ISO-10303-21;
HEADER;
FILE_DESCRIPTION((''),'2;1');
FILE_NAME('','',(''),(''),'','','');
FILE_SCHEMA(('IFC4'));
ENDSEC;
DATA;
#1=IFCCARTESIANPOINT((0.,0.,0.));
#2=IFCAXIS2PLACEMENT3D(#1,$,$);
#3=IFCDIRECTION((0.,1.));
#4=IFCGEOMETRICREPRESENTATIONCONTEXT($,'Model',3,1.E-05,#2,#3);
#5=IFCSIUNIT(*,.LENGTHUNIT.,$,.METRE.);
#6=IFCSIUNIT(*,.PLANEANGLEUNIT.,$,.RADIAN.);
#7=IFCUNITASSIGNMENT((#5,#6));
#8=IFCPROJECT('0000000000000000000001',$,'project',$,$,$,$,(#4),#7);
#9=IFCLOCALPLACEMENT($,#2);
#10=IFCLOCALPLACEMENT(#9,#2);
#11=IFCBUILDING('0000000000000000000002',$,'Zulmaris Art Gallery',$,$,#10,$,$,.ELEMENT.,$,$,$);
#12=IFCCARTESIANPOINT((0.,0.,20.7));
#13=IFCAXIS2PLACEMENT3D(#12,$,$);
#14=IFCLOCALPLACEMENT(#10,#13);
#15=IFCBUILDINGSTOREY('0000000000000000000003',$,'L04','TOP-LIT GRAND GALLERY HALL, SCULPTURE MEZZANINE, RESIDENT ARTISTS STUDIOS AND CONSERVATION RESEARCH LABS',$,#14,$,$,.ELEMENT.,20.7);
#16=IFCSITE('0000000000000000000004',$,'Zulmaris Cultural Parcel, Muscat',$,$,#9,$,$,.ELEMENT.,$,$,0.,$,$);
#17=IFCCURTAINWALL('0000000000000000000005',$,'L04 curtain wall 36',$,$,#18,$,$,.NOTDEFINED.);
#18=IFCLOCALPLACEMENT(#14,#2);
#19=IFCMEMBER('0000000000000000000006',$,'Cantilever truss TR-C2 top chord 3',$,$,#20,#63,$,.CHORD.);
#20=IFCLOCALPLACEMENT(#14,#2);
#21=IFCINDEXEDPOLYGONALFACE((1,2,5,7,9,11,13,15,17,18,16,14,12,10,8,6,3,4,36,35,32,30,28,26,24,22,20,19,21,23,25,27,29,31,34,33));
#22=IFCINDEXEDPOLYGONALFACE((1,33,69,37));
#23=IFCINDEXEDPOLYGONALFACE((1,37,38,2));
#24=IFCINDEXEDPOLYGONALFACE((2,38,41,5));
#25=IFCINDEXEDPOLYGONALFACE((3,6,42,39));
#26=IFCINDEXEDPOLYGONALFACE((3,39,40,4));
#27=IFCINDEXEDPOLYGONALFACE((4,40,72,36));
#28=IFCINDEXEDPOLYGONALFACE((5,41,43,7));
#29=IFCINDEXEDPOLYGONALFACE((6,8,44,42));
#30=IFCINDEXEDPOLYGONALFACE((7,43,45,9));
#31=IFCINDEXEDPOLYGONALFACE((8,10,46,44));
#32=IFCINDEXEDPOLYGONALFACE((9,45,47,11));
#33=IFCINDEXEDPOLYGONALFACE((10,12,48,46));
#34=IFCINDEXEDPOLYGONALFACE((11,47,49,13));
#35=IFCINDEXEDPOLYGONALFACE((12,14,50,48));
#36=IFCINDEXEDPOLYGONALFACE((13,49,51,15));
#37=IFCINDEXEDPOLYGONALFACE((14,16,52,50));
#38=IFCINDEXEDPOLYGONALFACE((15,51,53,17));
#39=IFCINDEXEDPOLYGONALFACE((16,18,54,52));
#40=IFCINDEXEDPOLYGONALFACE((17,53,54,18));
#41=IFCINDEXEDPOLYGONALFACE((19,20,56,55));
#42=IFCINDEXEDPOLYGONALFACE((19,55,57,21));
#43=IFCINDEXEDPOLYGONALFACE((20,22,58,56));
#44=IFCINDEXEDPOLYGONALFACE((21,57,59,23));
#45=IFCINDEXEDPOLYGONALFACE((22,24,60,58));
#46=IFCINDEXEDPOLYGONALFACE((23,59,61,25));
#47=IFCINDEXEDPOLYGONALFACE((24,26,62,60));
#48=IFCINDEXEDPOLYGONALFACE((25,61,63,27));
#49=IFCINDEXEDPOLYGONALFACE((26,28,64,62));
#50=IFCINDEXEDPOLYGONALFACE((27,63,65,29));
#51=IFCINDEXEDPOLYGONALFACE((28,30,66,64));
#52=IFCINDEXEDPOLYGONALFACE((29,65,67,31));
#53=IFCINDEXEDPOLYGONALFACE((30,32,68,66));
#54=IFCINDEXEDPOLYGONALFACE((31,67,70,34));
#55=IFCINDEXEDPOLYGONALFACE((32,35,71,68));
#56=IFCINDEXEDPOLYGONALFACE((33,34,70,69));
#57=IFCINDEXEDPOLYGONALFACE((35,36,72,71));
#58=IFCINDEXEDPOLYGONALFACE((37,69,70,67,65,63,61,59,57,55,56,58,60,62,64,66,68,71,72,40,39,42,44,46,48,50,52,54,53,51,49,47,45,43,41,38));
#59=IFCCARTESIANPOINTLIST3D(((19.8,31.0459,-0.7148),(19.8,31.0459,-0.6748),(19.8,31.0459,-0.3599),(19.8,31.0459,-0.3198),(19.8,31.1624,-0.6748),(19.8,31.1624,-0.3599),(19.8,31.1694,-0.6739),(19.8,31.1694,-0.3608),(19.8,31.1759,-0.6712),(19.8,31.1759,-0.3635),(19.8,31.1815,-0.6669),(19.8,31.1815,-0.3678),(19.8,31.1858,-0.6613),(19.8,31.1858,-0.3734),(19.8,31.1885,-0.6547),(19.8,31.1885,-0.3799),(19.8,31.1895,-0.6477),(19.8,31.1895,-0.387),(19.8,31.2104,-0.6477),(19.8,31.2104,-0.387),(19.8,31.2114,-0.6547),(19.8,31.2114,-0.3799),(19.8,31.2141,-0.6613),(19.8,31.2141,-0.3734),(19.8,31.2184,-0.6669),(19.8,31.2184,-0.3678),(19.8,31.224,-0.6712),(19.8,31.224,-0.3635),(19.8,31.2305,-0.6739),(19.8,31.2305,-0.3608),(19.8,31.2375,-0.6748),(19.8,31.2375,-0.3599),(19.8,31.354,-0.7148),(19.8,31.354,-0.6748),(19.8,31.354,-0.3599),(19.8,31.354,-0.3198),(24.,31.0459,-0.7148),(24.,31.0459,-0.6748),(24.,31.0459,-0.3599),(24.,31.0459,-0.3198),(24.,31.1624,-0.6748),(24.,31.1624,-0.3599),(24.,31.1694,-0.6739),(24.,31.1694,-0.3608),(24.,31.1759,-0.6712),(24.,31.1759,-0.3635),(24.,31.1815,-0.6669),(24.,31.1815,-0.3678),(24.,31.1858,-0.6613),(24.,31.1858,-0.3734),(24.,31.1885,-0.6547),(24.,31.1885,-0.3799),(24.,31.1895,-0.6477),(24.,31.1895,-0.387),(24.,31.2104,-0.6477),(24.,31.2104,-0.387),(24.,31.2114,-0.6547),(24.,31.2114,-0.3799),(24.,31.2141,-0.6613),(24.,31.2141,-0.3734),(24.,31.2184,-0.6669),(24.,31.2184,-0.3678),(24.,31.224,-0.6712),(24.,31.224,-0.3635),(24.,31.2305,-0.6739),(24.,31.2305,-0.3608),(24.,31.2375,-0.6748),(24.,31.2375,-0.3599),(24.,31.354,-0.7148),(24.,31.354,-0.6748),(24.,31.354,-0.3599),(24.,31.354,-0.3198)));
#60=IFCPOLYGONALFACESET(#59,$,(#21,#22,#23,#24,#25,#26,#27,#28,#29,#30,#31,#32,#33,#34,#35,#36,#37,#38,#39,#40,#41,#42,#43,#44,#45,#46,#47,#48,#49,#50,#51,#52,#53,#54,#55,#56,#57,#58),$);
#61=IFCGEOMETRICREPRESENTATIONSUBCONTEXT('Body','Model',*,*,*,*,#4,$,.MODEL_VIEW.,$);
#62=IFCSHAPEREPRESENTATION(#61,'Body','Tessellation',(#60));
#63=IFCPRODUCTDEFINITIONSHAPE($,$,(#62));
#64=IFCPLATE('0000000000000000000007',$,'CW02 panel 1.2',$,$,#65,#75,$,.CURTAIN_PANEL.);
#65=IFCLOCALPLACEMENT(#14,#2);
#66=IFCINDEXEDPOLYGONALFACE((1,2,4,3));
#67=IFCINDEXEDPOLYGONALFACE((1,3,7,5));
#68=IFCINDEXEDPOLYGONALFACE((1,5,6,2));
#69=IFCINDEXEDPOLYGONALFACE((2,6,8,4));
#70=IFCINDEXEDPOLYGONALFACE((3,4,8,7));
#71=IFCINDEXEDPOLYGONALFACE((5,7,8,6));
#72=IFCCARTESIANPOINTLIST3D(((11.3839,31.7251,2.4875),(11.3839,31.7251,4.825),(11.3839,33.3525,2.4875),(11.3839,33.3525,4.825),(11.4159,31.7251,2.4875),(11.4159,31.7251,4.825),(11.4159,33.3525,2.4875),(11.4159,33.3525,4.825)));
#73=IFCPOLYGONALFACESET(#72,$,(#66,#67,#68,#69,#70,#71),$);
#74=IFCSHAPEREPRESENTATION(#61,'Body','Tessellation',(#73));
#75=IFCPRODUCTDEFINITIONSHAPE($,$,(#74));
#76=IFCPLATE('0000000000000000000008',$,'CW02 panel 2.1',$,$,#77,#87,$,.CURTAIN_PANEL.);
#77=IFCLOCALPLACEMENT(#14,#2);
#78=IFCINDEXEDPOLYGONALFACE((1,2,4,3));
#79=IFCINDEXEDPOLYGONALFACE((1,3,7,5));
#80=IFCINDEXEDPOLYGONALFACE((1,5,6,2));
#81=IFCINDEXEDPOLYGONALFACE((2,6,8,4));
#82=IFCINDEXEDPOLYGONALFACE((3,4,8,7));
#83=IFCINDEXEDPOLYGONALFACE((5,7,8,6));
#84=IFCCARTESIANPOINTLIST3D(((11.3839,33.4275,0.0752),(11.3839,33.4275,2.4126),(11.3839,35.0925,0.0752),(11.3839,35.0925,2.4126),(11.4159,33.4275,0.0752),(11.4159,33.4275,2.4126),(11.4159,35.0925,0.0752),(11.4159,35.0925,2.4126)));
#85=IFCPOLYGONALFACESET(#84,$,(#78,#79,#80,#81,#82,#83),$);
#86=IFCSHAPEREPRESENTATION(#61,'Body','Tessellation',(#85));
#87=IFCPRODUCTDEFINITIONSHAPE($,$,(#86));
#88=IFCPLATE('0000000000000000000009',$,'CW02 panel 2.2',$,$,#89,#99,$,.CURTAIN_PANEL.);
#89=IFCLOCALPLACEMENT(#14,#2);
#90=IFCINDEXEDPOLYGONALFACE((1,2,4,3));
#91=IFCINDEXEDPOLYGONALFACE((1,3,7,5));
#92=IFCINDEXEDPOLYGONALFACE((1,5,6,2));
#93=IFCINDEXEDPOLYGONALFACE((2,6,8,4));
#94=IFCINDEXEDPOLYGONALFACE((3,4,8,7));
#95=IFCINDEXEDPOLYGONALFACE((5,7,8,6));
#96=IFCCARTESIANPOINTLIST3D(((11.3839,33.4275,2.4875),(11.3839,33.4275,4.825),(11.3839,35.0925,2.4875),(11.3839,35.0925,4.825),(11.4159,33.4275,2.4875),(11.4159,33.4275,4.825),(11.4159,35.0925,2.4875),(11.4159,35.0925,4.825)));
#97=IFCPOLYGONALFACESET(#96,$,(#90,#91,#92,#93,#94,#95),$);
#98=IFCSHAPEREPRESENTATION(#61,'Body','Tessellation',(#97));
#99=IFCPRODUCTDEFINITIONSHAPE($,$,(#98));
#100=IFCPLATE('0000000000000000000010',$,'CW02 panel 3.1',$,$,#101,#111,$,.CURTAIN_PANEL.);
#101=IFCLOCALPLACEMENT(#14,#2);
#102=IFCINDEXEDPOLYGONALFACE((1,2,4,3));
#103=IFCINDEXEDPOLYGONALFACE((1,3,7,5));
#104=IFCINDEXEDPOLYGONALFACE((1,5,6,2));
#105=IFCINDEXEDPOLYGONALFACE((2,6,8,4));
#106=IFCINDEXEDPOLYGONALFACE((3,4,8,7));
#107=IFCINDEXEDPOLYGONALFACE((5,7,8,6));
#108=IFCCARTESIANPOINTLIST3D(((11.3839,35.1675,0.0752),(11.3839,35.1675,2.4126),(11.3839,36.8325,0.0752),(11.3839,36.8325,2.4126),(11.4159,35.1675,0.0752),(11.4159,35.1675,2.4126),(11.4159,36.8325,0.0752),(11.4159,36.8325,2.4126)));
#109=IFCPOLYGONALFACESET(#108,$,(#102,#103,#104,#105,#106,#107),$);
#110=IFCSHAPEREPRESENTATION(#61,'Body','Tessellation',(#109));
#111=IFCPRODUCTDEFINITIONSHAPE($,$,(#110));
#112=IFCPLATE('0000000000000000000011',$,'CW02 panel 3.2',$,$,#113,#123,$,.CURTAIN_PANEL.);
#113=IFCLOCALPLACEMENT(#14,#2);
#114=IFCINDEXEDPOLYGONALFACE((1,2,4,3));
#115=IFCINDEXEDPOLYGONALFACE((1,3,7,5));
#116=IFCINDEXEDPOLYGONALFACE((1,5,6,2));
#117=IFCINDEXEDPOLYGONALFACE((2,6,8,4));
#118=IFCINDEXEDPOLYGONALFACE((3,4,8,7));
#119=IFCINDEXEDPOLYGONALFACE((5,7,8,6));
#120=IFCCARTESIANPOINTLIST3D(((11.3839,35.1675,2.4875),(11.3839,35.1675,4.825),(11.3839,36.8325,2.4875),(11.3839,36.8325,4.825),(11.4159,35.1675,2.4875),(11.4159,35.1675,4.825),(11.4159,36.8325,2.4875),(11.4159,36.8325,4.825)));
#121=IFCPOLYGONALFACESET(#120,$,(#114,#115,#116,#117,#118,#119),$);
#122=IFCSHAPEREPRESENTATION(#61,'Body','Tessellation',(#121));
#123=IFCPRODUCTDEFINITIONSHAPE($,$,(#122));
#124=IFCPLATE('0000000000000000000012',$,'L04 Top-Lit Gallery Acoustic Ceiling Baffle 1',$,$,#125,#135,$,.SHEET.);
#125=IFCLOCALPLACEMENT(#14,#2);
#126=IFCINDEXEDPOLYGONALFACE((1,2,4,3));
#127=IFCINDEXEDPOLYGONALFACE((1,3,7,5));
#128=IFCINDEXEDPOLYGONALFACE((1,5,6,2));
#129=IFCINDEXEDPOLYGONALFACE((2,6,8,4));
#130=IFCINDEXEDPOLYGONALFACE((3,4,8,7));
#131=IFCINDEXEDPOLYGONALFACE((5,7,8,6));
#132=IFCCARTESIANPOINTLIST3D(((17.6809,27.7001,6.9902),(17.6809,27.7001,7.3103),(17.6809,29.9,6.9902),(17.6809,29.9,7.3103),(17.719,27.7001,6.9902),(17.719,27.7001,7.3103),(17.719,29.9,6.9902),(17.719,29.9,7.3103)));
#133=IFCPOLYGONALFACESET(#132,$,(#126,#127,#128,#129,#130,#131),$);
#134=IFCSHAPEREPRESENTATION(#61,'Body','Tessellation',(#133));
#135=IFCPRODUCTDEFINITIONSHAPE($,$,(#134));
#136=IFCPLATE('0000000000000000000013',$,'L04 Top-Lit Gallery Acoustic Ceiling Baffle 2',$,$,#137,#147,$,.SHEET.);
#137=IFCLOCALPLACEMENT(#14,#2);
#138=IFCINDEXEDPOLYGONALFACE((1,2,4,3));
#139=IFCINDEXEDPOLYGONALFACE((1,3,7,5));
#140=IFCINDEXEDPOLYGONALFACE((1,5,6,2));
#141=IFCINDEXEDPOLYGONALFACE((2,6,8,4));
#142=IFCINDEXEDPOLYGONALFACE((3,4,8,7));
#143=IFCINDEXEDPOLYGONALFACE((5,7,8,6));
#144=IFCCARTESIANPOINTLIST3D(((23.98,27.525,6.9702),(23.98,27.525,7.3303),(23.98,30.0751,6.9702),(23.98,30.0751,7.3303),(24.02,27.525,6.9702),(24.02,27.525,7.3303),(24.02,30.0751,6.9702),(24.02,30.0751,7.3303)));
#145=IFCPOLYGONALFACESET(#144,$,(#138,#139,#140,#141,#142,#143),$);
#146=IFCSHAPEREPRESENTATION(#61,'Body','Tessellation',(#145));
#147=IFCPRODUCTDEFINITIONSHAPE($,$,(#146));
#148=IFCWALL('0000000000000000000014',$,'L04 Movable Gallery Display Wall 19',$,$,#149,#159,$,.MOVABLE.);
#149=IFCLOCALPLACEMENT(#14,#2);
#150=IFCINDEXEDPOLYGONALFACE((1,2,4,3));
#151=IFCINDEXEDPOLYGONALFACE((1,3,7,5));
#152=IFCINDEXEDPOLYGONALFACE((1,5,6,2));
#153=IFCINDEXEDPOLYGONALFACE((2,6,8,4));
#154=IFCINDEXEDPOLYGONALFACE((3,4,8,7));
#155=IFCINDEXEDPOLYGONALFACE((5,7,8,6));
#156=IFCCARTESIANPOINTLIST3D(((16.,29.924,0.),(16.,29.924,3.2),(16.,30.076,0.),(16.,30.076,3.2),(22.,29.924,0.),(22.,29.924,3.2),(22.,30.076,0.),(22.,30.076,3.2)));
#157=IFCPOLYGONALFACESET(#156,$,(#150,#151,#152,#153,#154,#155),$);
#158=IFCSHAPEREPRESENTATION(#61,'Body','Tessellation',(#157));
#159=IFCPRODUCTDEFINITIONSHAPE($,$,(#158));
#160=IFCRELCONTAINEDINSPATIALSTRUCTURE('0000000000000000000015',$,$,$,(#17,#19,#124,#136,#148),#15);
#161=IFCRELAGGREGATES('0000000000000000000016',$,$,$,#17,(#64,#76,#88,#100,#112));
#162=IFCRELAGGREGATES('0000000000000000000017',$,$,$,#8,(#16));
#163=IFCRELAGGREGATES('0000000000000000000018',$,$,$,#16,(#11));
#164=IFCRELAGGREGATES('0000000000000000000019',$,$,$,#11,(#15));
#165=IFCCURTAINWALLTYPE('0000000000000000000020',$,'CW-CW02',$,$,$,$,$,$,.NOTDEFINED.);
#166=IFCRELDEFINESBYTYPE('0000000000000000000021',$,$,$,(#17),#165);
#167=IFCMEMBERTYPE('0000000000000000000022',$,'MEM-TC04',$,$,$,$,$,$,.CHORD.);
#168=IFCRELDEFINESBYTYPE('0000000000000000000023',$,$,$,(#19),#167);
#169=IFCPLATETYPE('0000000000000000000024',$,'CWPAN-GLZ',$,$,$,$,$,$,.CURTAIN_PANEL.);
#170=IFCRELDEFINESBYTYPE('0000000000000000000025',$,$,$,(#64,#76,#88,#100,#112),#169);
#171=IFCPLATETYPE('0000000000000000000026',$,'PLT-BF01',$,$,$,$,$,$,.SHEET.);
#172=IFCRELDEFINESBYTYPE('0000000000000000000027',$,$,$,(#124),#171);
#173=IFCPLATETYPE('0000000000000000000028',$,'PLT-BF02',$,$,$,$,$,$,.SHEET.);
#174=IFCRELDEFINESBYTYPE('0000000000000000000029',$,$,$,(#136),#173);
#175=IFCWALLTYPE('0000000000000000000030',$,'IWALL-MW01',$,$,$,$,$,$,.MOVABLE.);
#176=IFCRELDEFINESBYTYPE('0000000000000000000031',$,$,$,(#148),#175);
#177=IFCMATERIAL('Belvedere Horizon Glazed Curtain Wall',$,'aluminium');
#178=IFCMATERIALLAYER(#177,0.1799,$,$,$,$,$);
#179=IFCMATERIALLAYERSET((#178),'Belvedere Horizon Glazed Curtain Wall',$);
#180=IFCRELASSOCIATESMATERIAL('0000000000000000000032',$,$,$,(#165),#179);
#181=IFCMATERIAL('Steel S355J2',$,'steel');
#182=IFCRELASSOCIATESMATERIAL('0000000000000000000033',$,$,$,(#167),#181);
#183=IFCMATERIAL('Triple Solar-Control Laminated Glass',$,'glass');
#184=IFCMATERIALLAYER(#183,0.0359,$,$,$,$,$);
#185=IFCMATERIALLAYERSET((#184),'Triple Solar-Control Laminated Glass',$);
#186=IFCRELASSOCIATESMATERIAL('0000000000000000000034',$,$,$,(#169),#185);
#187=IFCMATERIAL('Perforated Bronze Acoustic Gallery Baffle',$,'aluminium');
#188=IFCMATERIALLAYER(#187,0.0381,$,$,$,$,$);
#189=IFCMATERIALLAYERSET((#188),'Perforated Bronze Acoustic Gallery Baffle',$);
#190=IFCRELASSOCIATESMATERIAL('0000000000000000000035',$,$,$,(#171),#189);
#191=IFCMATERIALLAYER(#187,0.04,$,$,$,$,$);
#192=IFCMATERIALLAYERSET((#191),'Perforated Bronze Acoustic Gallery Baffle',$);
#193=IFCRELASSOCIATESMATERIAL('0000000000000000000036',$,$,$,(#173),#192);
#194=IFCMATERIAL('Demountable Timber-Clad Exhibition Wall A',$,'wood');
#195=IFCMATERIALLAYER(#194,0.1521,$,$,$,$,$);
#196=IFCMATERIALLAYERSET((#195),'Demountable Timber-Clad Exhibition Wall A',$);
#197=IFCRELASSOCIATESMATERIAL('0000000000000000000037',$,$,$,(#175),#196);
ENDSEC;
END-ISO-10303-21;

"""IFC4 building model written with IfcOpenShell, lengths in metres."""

from ifc_helpers import new_model, si_unit, direction, frame, frame_2d, origin, origin_2d, place, context, subcontext, project, spatial, rectangle, i_section, extrude, material, layer, layer_set, material_profile, profile_set, type_object, element, aggregate, save


model = new_model("IFC4")

# Units and contexts
model_context = context("Model", 3, precision=1e-05, world=origin(), true_north=direction((0.0, 1.0)))
body_context = subcontext(model_context, "Body", "Model", "MODEL_VIEW")
ifc_project = project(units=[si_unit("LENGTHUNIT", "METRE"), si_unit("PLANEANGLEUNIT", "RADIAN")], contexts=[model_context])

# Site, building, storey
site_placement = place(None, origin())
site = spatial("IfcSite", under=ifc_project, at=site_placement, Name="Zulmaris Cultural Parcel, Muscat", CompositionType="ELEMENT", RefElevation=0.0)
building_placement = place(site_placement, origin())
building = spatial("IfcBuilding", under=site, at=building_placement, Name="Zulmaris Art Gallery", CompositionType="ELEMENT")
storey_placement = place(building_placement, frame((0.0, 0.0, 20.7)))
storey = spatial("IfcBuildingStorey", under=building, at=storey_placement, Name="L04", Description="TOP-LIT GRAND GALLERY HALL, SCULPTURE MEZZANINE, RESIDENT ARTISTS STUDIOS AND CONSERVATION RESEARCH LABS", CompositionType="ELEMENT", Elevation=20.7)

# Shared definitions
ifc_material_1 = material(Name="Steel S355J2", Category="steel")

# Curtain wall
ifc_material_2 = material(Name="Belvedere Horizon Glazed Curtain Wall", Category="aluminium")
ifc_layer_1 = layer(ifc_material_2, 0.1799)
ifc_layer_set_1 = layer_set([ifc_layer_1], Name="Belvedere Horizon Glazed Curtain Wall")
curtain_wall_type = type_object("IfcCurtainWallType", Name="CW-CW02", PredefinedType="NOTDEFINED", material=ifc_layer_set_1)
curtain_wall_placement = place(storey_placement, origin())
curtain_wall = element("IfcCurtainWall", 1, at=curtain_wall_placement, inside=storey, type_object=curtain_wall_type, Name="L04 curtain wall 36", PredefinedType="NOTDEFINED")

# Member
ifc_material_profile_1 = material_profile(ifc_material_1, i_section(OverallWidth=0.3081, OverallDepth=0.395, WebThickness=0.021, FlangeThickness=0.04, FilletRadius=0.0271, at=origin_2d()), Name="HEM 360")
ifc_profile_set_1 = profile_set([ifc_material_profile_1], Name="Steel S355J2")
member_type_1 = type_object("IfcMemberType", Name="MEM-TC04", PredefinedType="CHORD", material=ifc_profile_set_1)
for number, where, z_axis, x_axis, name in (
    (2, (19.8, 31.2, -0.5173), (1.0, 0.0, 0.0), (0.0, 1.0, 0.0), "Cantilever truss TR-C2 top chord 3"),
):
    element("IfcMember", number, at=place(storey_placement, frame(where, z_axis=z_axis, x_axis=x_axis)), inside=storey, type_object=member_type_1, Name=name, PredefinedType="CHORD", context=body_context, shape_type="SweptSolid", body=[
        extrude(i_section(OverallWidth=0.3081, OverallDepth=0.395, WebThickness=0.021, FlangeThickness=0.04, FilletRadius=0.0271, at=origin_2d()), origin(), (0.0, 0.0, 1.0), 4.2),
    ])

# Plates
ifc_material_3 = material(Name="Triple Solar-Control Laminated Glass", Category="glass")
ifc_layer_2 = layer(ifc_material_3, 0.0359)
ifc_layer_set_2 = layer_set([ifc_layer_2], Name="Triple Solar-Control Laminated Glass")
plate_type_1 = type_object("IfcPlateType", Name="CWPAN-GLZ", PredefinedType="CURTAIN_PANEL", material=ifc_layer_set_2)
plate_1_placement = place(storey_placement, frame((11.3999, 32.5388, 2.4875), z_axis=(0.0, 0.0, 1.0), x_axis=(0.0, 1.0, 0.0)))
plate_1 = element("IfcPlate", 3, at=plate_1_placement, type_object=plate_type_1, Name="CW02 panel 1.2", PredefinedType="CURTAIN_PANEL", context=body_context, shape_type="SweptSolid", body=[
    extrude(rectangle(XDim=1.6274, YDim=0.032, at=origin_2d()), origin(), (0.0, 0.0, 1.0), 2.3374),
])
plate_2_placement = place(storey_placement, frame((11.3999, 34.26, 0.0752), z_axis=(0.0, 0.0, 1.0), x_axis=(0.0, 1.0, 0.0)))
plate_2 = element("IfcPlate", 4, at=plate_2_placement, type_object=plate_type_1, Name="CW02 panel 2.1", PredefinedType="CURTAIN_PANEL", context=body_context, shape_type="SweptSolid", body=[
    extrude(rectangle(XDim=1.665, YDim=0.032, at=origin_2d()), origin(), (0.0, 0.0, 1.0), 2.3374),
])
plate_3_placement = place(storey_placement, frame((11.3999, 34.26, 2.4875), z_axis=(0.0, 0.0, 1.0), x_axis=(0.0, 1.0, 0.0)))
plate_3 = element("IfcPlate", 5, at=plate_3_placement, type_object=plate_type_1, Name="CW02 panel 2.2", PredefinedType="CURTAIN_PANEL", context=body_context, shape_type="SweptSolid", body=[
    extrude(rectangle(XDim=1.665, YDim=0.032, at=origin_2d()), origin(), (0.0, 0.0, 1.0), 2.3374),
])
plate_4_placement = place(storey_placement, frame((11.3999, 36.0, 0.0752), z_axis=(0.0, 0.0, 1.0), x_axis=(0.0, 1.0, 0.0)))
plate_4 = element("IfcPlate", 6, at=plate_4_placement, type_object=plate_type_1, Name="CW02 panel 3.1", PredefinedType="CURTAIN_PANEL", context=body_context, shape_type="SweptSolid", body=[
    extrude(rectangle(XDim=1.665, YDim=0.032, at=origin_2d()), origin(), (0.0, 0.0, 1.0), 2.3374),
])
plate_5_placement = place(storey_placement, frame((11.3999, 36.0, 2.4875), z_axis=(0.0, 0.0, 1.0), x_axis=(0.0, 1.0, 0.0)))
plate_5 = element("IfcPlate", 7, at=plate_5_placement, type_object=plate_type_1, Name="CW02 panel 3.2", PredefinedType="CURTAIN_PANEL", context=body_context, shape_type="SweptSolid", body=[
    extrude(rectangle(XDim=1.665, YDim=0.032, at=origin_2d()), origin(), (0.0, 0.0, 1.0), 2.3374),
])
aggregate(curtain_wall, [plate_1, plate_2, plate_3, plate_4, plate_5])

# Plates
ifc_material_4 = material(Name="Perforated Bronze Acoustic Gallery Baffle", Category="aluminium")
ifc_layer_3 = layer(ifc_material_4, 0.0381)
ifc_layer_set_3 = layer_set([ifc_layer_3], Name="Perforated Bronze Acoustic Gallery Baffle")
plate_type_2 = type_object("IfcPlateType", Name="PLT-BF01", PredefinedType="SHEET", material=ifc_layer_set_3)
plate_6_placement = place(storey_placement, frame((17.7, 28.8, 6.9902), z_axis=(0.0, 0.0, 1.0), x_axis=(1.0, 0.0, 0.0)))
element("IfcPlate", 8, at=plate_6_placement, inside=storey, type_object=plate_type_2, Name="L04 Top-Lit Gallery Acoustic Ceiling Baffle 1", PredefinedType="SHEET", context=body_context, shape_type="SweptSolid", body=[
    extrude(rectangle(XDim=0.0381, YDim=2.2, at=origin_2d()), origin(), (0.0, 0.0, 1.0), 0.3201),
])
ifc_layer_4 = layer(ifc_material_4, 0.04)
ifc_layer_set_4 = layer_set([ifc_layer_4], Name="Perforated Bronze Acoustic Gallery Baffle")
plate_type_3 = type_object("IfcPlateType", Name="PLT-BF02", PredefinedType="SHEET", material=ifc_layer_set_4)
plate_7_placement = place(storey_placement, frame((24.0, 28.8, 6.9702), z_axis=(0.0, 0.0, 1.0), x_axis=(1.0, 0.0, 0.0)))
element("IfcPlate", 9, at=plate_7_placement, inside=storey, type_object=plate_type_3, Name="L04 Top-Lit Gallery Acoustic Ceiling Baffle 2", PredefinedType="SHEET", context=body_context, shape_type="SweptSolid", body=[
    extrude(rectangle(XDim=0.04, YDim=2.55, at=origin_2d()), origin(), (0.0, 0.0, 1.0), 0.3601),
])

# Wall
ifc_material_5 = material(Name="Demountable Timber-Clad Exhibition Wall A", Category="wood")
ifc_layer_5 = layer(ifc_material_5, 0.1521)
ifc_layer_set_5 = layer_set([ifc_layer_5], Name="Demountable Timber-Clad Exhibition Wall A")
wall_type = type_object("IfcWallType", Name="IWALL-MW01", PredefinedType="MOVABLE", material=ifc_layer_set_5)
wall_placement = place(storey_placement, frame((16.0, 30.0, 0.0), z_axis=(0.0, 0.0, 1.0), x_axis=(1.0, 0.0, 0.0)))
element("IfcWall", 10, at=wall_placement, inside=storey, type_object=wall_type, Name="L04 Movable Gallery Display Wall 19", PredefinedType="MOVABLE", context=body_context, shape_type="SweptSolid", body=[
    extrude(rectangle(XDim=6.0, YDim=0.1521, at=frame_2d((3.0, 0.0))), origin(), (0.0, 0.0, 1.0), 3.2),
])

save(model, "model.ifc")
